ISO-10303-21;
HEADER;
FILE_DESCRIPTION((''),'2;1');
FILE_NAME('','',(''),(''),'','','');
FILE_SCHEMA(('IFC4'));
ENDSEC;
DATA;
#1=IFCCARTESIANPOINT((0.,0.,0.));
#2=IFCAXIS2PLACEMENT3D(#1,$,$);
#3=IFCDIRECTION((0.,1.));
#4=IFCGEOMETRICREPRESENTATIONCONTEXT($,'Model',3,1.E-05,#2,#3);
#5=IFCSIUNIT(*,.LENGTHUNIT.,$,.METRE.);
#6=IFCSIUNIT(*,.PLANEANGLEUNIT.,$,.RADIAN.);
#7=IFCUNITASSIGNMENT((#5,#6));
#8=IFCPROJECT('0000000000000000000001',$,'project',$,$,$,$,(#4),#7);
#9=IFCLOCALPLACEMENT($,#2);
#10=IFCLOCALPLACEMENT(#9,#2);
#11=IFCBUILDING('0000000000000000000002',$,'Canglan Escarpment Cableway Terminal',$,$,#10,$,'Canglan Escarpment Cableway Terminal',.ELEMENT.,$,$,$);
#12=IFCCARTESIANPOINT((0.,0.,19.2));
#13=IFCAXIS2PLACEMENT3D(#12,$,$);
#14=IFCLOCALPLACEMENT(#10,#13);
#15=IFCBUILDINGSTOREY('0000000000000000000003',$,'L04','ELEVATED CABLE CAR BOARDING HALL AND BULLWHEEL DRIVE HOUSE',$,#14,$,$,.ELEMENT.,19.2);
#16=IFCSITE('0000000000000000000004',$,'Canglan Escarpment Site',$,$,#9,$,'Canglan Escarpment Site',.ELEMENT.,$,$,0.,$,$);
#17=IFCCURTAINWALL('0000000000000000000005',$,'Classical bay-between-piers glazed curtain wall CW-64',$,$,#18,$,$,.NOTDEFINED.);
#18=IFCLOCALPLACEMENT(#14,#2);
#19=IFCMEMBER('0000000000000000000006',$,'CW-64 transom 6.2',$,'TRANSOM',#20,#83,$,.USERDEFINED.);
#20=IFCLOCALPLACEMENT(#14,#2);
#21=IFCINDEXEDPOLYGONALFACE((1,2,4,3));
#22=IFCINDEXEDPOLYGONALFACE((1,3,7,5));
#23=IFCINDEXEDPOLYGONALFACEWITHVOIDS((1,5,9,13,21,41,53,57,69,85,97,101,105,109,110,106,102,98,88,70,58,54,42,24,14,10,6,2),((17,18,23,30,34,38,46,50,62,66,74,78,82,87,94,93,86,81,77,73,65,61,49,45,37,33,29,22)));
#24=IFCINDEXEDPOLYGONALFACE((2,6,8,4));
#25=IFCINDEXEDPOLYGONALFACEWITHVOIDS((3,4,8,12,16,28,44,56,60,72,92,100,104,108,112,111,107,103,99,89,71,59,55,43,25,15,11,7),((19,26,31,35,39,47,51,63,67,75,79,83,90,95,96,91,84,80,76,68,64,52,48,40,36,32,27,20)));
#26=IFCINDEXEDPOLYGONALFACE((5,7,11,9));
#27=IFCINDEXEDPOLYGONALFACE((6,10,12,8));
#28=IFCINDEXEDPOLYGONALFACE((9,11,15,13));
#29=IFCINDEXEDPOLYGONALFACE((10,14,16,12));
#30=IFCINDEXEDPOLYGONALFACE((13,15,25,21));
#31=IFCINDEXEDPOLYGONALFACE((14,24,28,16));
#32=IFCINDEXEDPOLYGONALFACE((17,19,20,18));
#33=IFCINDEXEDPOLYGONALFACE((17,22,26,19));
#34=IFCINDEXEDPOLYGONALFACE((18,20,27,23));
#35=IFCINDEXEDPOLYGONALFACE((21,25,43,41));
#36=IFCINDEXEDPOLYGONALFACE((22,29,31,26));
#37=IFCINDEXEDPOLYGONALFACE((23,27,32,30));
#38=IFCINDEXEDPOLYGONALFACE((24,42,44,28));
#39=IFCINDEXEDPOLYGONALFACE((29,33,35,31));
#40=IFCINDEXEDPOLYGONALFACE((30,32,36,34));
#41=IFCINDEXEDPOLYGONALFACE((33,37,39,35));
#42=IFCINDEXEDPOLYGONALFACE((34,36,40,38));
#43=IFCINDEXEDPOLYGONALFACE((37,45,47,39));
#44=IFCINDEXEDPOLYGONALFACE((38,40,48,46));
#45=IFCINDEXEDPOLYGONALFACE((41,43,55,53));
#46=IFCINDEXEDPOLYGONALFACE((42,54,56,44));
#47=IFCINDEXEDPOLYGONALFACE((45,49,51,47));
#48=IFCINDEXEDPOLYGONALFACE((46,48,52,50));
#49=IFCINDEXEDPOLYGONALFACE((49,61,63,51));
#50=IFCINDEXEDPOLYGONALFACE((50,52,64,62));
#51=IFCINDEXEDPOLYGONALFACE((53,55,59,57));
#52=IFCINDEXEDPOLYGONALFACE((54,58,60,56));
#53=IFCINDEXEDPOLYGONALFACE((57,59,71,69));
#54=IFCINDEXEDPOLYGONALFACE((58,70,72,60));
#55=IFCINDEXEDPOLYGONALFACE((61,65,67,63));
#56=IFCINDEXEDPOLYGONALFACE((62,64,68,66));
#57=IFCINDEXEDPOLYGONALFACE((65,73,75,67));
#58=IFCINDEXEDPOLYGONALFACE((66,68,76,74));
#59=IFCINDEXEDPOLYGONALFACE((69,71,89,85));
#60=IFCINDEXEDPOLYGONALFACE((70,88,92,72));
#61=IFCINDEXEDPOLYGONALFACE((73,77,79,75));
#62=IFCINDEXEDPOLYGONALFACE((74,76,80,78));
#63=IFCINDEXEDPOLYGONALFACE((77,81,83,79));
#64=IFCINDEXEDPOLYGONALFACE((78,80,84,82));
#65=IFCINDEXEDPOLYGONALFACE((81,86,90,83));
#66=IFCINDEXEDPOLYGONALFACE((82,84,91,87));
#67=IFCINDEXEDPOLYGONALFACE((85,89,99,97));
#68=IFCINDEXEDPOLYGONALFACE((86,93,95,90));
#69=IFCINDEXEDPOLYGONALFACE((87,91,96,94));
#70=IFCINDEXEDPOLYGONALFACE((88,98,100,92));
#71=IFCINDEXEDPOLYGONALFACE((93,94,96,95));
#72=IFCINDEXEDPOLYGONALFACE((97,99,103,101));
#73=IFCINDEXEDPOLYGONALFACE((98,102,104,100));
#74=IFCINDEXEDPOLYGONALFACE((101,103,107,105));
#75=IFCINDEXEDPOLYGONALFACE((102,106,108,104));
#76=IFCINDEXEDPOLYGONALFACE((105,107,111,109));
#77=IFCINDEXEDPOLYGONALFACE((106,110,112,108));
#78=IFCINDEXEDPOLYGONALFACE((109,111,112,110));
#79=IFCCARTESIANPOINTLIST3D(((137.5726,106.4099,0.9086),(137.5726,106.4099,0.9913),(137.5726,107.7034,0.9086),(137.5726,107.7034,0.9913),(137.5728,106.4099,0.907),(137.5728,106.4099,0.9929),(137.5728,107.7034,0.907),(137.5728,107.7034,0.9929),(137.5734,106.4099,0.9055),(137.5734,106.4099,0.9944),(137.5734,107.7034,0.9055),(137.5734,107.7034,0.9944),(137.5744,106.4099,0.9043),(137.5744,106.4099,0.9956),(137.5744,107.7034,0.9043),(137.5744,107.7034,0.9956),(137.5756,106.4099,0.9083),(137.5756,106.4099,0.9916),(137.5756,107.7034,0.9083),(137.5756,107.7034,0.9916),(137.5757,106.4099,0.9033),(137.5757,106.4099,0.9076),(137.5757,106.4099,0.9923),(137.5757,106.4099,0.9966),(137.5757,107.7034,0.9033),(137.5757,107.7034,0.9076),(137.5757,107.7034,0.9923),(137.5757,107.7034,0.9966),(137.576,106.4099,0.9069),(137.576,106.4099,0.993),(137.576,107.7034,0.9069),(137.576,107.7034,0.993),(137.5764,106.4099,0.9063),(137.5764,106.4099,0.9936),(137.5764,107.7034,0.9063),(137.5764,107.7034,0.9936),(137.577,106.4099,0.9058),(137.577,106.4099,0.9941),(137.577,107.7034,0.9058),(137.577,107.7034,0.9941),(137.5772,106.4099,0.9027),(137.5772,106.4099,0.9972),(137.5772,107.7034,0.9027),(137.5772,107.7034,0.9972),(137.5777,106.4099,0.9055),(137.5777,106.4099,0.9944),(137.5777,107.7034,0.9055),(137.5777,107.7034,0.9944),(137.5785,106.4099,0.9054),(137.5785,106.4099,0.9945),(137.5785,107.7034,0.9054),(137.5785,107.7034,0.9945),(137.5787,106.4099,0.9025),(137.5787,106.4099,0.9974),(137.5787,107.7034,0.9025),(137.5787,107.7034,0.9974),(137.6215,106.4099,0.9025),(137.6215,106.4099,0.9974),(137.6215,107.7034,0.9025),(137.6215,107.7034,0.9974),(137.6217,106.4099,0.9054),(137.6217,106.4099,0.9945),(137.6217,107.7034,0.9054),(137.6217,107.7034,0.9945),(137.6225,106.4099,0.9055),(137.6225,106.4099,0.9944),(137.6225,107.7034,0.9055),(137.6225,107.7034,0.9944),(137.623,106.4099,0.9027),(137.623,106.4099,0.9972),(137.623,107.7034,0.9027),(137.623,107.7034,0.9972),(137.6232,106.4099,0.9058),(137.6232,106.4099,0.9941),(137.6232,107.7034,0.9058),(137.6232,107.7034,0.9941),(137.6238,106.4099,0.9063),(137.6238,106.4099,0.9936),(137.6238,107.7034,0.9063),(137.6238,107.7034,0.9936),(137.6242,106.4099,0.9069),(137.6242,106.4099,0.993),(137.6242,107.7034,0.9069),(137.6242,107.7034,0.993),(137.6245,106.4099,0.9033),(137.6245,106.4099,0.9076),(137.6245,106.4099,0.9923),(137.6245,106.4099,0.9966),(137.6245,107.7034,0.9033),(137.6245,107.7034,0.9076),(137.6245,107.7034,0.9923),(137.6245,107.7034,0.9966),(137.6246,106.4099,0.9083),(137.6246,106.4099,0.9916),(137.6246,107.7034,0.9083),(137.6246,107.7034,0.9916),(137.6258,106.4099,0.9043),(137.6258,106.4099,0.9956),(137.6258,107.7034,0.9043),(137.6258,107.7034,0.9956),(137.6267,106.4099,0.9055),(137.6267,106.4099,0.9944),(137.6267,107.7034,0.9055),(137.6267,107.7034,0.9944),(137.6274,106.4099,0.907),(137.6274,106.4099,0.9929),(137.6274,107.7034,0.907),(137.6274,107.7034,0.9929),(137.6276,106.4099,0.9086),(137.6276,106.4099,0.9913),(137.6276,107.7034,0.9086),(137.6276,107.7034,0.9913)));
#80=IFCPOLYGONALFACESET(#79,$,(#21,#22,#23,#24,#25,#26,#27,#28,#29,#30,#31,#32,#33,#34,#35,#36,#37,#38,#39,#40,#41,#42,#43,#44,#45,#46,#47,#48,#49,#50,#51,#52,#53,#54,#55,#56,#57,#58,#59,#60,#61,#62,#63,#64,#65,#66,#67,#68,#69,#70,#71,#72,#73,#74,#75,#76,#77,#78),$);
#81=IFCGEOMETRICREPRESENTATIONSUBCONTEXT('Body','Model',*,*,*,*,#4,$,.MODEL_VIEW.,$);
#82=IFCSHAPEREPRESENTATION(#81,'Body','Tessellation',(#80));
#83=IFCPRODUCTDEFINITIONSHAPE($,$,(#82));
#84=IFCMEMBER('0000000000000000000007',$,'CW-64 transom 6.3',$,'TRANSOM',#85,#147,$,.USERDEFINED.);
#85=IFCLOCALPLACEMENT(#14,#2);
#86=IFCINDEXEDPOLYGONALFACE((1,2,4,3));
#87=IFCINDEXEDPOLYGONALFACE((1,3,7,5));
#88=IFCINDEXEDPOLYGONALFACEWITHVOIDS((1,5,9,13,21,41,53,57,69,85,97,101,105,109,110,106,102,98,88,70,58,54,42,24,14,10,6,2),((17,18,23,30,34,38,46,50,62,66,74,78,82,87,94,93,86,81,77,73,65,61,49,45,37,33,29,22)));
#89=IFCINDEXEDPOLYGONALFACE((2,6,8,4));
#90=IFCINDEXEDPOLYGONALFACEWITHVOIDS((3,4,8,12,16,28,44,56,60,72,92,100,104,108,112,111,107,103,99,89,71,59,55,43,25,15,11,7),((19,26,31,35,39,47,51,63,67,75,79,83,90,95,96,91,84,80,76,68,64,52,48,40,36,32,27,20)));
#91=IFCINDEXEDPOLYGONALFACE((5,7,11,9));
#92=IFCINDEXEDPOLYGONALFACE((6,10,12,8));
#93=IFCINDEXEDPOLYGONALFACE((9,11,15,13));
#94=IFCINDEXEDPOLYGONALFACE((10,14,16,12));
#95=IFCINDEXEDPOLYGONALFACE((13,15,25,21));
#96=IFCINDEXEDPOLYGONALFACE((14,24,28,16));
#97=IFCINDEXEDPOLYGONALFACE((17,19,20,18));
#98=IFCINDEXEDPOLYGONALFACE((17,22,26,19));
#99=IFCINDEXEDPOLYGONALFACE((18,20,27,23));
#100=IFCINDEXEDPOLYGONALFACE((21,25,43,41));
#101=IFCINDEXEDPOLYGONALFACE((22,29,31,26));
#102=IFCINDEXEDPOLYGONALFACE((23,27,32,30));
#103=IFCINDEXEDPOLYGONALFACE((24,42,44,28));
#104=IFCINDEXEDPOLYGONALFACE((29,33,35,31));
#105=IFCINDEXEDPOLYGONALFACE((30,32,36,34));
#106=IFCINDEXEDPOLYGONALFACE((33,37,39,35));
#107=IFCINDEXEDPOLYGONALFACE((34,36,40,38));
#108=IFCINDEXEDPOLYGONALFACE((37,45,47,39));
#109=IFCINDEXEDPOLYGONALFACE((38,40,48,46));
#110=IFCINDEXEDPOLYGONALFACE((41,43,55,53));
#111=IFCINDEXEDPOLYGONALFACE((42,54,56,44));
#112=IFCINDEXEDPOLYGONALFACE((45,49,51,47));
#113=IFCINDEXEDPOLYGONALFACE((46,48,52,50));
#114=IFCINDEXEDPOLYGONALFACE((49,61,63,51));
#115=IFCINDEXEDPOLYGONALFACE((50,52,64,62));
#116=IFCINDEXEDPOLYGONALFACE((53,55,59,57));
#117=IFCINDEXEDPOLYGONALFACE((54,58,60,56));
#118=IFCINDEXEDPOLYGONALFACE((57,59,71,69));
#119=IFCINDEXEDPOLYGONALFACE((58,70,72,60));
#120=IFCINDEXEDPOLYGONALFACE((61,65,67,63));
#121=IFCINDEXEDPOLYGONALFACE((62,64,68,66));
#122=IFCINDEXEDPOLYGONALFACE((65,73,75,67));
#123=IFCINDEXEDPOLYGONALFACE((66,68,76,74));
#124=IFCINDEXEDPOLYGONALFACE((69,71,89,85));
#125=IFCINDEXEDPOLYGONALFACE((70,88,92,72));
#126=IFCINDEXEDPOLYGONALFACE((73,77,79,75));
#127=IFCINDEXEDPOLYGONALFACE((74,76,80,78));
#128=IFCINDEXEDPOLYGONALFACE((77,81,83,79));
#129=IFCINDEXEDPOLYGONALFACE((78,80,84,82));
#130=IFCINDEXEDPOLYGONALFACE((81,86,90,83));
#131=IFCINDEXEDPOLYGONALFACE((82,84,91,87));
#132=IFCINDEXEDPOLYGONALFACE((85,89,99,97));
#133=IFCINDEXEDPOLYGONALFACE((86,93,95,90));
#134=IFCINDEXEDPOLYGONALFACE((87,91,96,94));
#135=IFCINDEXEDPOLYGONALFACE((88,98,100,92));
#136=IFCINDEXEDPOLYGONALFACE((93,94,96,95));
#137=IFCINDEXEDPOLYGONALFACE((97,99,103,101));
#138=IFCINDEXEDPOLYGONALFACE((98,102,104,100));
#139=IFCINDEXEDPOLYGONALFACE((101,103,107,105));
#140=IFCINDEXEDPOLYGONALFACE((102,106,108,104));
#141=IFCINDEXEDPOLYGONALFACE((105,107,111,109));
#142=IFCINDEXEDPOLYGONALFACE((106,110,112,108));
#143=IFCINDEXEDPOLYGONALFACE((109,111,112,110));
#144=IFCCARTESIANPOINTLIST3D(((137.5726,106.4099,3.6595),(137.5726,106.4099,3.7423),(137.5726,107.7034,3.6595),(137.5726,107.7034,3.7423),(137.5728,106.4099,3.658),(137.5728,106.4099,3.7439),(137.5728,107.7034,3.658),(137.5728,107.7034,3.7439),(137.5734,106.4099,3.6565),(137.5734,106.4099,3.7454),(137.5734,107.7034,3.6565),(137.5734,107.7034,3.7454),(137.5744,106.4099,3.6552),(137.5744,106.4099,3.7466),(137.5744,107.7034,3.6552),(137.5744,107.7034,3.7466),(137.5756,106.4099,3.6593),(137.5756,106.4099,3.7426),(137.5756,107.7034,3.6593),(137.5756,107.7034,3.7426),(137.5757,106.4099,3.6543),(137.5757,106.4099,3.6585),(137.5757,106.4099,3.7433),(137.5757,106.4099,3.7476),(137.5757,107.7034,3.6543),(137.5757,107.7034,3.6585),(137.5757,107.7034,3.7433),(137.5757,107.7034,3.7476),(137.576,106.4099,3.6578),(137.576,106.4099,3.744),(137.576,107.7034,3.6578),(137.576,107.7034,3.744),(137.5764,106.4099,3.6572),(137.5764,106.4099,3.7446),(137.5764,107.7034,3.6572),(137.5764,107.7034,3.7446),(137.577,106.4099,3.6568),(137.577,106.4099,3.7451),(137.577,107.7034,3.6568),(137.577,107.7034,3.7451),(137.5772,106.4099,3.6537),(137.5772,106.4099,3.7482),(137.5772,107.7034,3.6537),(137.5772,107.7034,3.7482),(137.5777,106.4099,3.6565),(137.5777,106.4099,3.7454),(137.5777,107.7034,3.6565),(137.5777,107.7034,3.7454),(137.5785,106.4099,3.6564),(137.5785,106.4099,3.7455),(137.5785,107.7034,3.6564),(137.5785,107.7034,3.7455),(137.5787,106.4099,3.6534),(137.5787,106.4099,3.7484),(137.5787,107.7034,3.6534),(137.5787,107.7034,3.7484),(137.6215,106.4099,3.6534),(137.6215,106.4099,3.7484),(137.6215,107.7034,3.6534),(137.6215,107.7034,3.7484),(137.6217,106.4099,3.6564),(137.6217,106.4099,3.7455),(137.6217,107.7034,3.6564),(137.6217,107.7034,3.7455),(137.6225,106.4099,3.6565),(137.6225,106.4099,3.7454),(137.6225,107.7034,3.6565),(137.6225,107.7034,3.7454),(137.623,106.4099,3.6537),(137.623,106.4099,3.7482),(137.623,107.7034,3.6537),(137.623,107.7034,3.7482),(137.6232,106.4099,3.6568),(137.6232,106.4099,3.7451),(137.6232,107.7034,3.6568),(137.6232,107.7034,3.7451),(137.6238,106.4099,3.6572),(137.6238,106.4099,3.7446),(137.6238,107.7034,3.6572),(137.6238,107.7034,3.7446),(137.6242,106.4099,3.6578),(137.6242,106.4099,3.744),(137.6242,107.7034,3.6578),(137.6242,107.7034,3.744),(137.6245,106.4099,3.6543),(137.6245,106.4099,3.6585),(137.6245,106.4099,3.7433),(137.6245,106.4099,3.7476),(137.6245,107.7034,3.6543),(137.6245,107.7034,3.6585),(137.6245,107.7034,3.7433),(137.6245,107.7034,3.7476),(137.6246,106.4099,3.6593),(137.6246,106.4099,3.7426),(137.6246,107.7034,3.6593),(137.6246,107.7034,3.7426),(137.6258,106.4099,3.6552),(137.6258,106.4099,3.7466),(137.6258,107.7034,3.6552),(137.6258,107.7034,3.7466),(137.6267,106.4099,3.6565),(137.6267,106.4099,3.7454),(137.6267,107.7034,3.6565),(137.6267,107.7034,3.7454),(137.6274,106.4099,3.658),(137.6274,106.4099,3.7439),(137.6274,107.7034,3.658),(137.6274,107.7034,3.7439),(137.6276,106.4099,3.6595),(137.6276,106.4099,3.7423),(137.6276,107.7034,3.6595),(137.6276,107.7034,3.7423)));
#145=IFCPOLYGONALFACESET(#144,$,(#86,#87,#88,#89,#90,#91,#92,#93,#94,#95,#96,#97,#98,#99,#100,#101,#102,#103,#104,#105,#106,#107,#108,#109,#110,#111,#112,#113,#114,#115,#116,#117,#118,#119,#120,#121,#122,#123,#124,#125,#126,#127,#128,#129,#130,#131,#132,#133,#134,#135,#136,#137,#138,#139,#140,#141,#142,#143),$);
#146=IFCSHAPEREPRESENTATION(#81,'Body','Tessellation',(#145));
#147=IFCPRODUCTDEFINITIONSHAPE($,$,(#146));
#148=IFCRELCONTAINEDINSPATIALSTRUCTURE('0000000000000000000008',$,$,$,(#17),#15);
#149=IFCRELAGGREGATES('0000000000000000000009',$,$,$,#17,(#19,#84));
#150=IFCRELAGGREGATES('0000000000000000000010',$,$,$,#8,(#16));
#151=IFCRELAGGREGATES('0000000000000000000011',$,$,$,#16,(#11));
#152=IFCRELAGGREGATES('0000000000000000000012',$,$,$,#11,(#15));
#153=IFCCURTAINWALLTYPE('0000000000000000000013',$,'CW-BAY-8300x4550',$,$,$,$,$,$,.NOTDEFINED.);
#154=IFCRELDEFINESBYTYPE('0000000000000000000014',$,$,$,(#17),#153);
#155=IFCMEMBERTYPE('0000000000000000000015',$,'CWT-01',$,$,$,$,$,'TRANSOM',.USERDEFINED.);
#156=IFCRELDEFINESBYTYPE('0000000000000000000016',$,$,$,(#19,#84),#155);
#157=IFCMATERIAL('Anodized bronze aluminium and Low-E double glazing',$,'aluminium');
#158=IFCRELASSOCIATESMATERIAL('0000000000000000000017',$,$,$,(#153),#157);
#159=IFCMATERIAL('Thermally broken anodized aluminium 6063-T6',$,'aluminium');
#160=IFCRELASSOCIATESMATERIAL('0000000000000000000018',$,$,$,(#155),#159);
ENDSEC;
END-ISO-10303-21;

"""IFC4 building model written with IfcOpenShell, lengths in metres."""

from ifc_helpers import new_model, si_unit, direction, frame, origin, origin_2d, place, context, subcontext, project, spatial, hollow_rectangle, extrude, material, material_profile, profile_set, type_object, element, aggregate, save


model = new_model("IFC4")

# Units and contexts
model_context = context("Model", 3, precision=1e-05, world=origin(), true_north=direction((0.0, 1.0)))
body_context = subcontext(model_context, "Body", "Model", "MODEL_VIEW")
ifc_project = project(units=[si_unit("LENGTHUNIT", "METRE"), si_unit("PLANEANGLEUNIT", "RADIAN")], contexts=[model_context])

# Site, building, storey
site_placement = place(None, origin())
site = spatial("IfcSite", under=ifc_project, at=site_placement, Name="Canglan Escarpment Site", LongName="Canglan Escarpment Site", CompositionType="ELEMENT", RefElevation=0.0)
building_placement = place(site_placement, origin())
building = spatial("IfcBuilding", under=site, at=building_placement, Name="Canglan Escarpment Cableway Terminal", LongName="Canglan Escarpment Cableway Terminal", CompositionType="ELEMENT")
storey_placement = place(building_placement, frame((0.0, 0.0, 19.2)))
storey = spatial("IfcBuildingStorey", under=building, at=storey_placement, Name="L04", Description="ELEVATED CABLE CAR BOARDING HALL AND BULLWHEEL DRIVE HOUSE", CompositionType="ELEMENT", Elevation=19.2)

# Curtain wall, members
ifc_material_1 = material(Name="Anodized bronze aluminium and Low-E double glazing", Category="aluminium")
curtain_wall_type_1 = type_object("IfcCurtainWallType", Name="CW-BAY-8300x4550", PredefinedType="NOTDEFINED", material=ifc_material_1)
curtain_wall_1_placement = place(storey_placement, origin())
curtain_wall_1 = element("IfcCurtainWall", 1, at=curtain_wall_1_placement, inside=storey, type_object=curtain_wall_type_1, Name="Classical bay-between-piers glazed curtain wall CW-64", PredefinedType="NOTDEFINED")
ifc_material_2 = material(Name="Thermally broken anodized aluminium 6063-T6", Category="aluminium")
ifc_material_profile_1 = material_profile(ifc_material_2, hollow_rectangle(XDim=0.0549, YDim=0.095, WallThickness=0.0029, InnerFilletRadius=0.0029, OuterFilletRadius=0.0061, at=origin_2d()), Name="ALU-TRAN 55x95x3")
ifc_profile_set_1 = profile_set([ifc_material_profile_1], Name="Thermally broken anodized aluminium 6063-T6")
member_type_1 = type_object("IfcMemberType", Name="CWT-01", ElementType="TRANSOM", PredefinedType="USERDEFINED", material=ifc_profile_set_1)
member_1_placement = place(storey_placement, frame((137.6001, 107.7034, 0.95), z_axis=(0.0, -1.0, 0.0), x_axis=(1.0, 0.0, 0.0)))
member_1 = element("IfcMember", 2, at=member_1_placement, type_object=member_type_1, Name="CW-64 transom 6.2", ObjectType="TRANSOM", PredefinedType="USERDEFINED", context=body_context, shape_type="SweptSolid", body=[
    extrude(hollow_rectangle(XDim=0.0549, YDim=0.095, WallThickness=0.0029, InnerFilletRadius=0.0029, OuterFilletRadius=0.0061, at=origin_2d()), origin(), (0.0, 0.0, 1.0), 1.2935),
])
member_2_placement = place(storey_placement, frame((137.6001, 107.7034, 3.7009), z_axis=(0.0, -1.0, 0.0), x_axis=(1.0, 0.0, 0.0)))
member_2 = element("IfcMember", 3, at=member_2_placement, type_object=member_type_1, Name="CW-64 transom 6.3", ObjectType="TRANSOM", PredefinedType="USERDEFINED", context=body_context, shape_type="SweptSolid", body=[
    extrude(hollow_rectangle(XDim=0.0549, YDim=0.095, WallThickness=0.0029, InnerFilletRadius=0.0029, OuterFilletRadius=0.0061, at=origin_2d()), origin(), (0.0, 0.0, 1.0), 1.2935),
])
aggregate(curtain_wall_1, [member_1, member_2])

save(model, "model.ifc")
